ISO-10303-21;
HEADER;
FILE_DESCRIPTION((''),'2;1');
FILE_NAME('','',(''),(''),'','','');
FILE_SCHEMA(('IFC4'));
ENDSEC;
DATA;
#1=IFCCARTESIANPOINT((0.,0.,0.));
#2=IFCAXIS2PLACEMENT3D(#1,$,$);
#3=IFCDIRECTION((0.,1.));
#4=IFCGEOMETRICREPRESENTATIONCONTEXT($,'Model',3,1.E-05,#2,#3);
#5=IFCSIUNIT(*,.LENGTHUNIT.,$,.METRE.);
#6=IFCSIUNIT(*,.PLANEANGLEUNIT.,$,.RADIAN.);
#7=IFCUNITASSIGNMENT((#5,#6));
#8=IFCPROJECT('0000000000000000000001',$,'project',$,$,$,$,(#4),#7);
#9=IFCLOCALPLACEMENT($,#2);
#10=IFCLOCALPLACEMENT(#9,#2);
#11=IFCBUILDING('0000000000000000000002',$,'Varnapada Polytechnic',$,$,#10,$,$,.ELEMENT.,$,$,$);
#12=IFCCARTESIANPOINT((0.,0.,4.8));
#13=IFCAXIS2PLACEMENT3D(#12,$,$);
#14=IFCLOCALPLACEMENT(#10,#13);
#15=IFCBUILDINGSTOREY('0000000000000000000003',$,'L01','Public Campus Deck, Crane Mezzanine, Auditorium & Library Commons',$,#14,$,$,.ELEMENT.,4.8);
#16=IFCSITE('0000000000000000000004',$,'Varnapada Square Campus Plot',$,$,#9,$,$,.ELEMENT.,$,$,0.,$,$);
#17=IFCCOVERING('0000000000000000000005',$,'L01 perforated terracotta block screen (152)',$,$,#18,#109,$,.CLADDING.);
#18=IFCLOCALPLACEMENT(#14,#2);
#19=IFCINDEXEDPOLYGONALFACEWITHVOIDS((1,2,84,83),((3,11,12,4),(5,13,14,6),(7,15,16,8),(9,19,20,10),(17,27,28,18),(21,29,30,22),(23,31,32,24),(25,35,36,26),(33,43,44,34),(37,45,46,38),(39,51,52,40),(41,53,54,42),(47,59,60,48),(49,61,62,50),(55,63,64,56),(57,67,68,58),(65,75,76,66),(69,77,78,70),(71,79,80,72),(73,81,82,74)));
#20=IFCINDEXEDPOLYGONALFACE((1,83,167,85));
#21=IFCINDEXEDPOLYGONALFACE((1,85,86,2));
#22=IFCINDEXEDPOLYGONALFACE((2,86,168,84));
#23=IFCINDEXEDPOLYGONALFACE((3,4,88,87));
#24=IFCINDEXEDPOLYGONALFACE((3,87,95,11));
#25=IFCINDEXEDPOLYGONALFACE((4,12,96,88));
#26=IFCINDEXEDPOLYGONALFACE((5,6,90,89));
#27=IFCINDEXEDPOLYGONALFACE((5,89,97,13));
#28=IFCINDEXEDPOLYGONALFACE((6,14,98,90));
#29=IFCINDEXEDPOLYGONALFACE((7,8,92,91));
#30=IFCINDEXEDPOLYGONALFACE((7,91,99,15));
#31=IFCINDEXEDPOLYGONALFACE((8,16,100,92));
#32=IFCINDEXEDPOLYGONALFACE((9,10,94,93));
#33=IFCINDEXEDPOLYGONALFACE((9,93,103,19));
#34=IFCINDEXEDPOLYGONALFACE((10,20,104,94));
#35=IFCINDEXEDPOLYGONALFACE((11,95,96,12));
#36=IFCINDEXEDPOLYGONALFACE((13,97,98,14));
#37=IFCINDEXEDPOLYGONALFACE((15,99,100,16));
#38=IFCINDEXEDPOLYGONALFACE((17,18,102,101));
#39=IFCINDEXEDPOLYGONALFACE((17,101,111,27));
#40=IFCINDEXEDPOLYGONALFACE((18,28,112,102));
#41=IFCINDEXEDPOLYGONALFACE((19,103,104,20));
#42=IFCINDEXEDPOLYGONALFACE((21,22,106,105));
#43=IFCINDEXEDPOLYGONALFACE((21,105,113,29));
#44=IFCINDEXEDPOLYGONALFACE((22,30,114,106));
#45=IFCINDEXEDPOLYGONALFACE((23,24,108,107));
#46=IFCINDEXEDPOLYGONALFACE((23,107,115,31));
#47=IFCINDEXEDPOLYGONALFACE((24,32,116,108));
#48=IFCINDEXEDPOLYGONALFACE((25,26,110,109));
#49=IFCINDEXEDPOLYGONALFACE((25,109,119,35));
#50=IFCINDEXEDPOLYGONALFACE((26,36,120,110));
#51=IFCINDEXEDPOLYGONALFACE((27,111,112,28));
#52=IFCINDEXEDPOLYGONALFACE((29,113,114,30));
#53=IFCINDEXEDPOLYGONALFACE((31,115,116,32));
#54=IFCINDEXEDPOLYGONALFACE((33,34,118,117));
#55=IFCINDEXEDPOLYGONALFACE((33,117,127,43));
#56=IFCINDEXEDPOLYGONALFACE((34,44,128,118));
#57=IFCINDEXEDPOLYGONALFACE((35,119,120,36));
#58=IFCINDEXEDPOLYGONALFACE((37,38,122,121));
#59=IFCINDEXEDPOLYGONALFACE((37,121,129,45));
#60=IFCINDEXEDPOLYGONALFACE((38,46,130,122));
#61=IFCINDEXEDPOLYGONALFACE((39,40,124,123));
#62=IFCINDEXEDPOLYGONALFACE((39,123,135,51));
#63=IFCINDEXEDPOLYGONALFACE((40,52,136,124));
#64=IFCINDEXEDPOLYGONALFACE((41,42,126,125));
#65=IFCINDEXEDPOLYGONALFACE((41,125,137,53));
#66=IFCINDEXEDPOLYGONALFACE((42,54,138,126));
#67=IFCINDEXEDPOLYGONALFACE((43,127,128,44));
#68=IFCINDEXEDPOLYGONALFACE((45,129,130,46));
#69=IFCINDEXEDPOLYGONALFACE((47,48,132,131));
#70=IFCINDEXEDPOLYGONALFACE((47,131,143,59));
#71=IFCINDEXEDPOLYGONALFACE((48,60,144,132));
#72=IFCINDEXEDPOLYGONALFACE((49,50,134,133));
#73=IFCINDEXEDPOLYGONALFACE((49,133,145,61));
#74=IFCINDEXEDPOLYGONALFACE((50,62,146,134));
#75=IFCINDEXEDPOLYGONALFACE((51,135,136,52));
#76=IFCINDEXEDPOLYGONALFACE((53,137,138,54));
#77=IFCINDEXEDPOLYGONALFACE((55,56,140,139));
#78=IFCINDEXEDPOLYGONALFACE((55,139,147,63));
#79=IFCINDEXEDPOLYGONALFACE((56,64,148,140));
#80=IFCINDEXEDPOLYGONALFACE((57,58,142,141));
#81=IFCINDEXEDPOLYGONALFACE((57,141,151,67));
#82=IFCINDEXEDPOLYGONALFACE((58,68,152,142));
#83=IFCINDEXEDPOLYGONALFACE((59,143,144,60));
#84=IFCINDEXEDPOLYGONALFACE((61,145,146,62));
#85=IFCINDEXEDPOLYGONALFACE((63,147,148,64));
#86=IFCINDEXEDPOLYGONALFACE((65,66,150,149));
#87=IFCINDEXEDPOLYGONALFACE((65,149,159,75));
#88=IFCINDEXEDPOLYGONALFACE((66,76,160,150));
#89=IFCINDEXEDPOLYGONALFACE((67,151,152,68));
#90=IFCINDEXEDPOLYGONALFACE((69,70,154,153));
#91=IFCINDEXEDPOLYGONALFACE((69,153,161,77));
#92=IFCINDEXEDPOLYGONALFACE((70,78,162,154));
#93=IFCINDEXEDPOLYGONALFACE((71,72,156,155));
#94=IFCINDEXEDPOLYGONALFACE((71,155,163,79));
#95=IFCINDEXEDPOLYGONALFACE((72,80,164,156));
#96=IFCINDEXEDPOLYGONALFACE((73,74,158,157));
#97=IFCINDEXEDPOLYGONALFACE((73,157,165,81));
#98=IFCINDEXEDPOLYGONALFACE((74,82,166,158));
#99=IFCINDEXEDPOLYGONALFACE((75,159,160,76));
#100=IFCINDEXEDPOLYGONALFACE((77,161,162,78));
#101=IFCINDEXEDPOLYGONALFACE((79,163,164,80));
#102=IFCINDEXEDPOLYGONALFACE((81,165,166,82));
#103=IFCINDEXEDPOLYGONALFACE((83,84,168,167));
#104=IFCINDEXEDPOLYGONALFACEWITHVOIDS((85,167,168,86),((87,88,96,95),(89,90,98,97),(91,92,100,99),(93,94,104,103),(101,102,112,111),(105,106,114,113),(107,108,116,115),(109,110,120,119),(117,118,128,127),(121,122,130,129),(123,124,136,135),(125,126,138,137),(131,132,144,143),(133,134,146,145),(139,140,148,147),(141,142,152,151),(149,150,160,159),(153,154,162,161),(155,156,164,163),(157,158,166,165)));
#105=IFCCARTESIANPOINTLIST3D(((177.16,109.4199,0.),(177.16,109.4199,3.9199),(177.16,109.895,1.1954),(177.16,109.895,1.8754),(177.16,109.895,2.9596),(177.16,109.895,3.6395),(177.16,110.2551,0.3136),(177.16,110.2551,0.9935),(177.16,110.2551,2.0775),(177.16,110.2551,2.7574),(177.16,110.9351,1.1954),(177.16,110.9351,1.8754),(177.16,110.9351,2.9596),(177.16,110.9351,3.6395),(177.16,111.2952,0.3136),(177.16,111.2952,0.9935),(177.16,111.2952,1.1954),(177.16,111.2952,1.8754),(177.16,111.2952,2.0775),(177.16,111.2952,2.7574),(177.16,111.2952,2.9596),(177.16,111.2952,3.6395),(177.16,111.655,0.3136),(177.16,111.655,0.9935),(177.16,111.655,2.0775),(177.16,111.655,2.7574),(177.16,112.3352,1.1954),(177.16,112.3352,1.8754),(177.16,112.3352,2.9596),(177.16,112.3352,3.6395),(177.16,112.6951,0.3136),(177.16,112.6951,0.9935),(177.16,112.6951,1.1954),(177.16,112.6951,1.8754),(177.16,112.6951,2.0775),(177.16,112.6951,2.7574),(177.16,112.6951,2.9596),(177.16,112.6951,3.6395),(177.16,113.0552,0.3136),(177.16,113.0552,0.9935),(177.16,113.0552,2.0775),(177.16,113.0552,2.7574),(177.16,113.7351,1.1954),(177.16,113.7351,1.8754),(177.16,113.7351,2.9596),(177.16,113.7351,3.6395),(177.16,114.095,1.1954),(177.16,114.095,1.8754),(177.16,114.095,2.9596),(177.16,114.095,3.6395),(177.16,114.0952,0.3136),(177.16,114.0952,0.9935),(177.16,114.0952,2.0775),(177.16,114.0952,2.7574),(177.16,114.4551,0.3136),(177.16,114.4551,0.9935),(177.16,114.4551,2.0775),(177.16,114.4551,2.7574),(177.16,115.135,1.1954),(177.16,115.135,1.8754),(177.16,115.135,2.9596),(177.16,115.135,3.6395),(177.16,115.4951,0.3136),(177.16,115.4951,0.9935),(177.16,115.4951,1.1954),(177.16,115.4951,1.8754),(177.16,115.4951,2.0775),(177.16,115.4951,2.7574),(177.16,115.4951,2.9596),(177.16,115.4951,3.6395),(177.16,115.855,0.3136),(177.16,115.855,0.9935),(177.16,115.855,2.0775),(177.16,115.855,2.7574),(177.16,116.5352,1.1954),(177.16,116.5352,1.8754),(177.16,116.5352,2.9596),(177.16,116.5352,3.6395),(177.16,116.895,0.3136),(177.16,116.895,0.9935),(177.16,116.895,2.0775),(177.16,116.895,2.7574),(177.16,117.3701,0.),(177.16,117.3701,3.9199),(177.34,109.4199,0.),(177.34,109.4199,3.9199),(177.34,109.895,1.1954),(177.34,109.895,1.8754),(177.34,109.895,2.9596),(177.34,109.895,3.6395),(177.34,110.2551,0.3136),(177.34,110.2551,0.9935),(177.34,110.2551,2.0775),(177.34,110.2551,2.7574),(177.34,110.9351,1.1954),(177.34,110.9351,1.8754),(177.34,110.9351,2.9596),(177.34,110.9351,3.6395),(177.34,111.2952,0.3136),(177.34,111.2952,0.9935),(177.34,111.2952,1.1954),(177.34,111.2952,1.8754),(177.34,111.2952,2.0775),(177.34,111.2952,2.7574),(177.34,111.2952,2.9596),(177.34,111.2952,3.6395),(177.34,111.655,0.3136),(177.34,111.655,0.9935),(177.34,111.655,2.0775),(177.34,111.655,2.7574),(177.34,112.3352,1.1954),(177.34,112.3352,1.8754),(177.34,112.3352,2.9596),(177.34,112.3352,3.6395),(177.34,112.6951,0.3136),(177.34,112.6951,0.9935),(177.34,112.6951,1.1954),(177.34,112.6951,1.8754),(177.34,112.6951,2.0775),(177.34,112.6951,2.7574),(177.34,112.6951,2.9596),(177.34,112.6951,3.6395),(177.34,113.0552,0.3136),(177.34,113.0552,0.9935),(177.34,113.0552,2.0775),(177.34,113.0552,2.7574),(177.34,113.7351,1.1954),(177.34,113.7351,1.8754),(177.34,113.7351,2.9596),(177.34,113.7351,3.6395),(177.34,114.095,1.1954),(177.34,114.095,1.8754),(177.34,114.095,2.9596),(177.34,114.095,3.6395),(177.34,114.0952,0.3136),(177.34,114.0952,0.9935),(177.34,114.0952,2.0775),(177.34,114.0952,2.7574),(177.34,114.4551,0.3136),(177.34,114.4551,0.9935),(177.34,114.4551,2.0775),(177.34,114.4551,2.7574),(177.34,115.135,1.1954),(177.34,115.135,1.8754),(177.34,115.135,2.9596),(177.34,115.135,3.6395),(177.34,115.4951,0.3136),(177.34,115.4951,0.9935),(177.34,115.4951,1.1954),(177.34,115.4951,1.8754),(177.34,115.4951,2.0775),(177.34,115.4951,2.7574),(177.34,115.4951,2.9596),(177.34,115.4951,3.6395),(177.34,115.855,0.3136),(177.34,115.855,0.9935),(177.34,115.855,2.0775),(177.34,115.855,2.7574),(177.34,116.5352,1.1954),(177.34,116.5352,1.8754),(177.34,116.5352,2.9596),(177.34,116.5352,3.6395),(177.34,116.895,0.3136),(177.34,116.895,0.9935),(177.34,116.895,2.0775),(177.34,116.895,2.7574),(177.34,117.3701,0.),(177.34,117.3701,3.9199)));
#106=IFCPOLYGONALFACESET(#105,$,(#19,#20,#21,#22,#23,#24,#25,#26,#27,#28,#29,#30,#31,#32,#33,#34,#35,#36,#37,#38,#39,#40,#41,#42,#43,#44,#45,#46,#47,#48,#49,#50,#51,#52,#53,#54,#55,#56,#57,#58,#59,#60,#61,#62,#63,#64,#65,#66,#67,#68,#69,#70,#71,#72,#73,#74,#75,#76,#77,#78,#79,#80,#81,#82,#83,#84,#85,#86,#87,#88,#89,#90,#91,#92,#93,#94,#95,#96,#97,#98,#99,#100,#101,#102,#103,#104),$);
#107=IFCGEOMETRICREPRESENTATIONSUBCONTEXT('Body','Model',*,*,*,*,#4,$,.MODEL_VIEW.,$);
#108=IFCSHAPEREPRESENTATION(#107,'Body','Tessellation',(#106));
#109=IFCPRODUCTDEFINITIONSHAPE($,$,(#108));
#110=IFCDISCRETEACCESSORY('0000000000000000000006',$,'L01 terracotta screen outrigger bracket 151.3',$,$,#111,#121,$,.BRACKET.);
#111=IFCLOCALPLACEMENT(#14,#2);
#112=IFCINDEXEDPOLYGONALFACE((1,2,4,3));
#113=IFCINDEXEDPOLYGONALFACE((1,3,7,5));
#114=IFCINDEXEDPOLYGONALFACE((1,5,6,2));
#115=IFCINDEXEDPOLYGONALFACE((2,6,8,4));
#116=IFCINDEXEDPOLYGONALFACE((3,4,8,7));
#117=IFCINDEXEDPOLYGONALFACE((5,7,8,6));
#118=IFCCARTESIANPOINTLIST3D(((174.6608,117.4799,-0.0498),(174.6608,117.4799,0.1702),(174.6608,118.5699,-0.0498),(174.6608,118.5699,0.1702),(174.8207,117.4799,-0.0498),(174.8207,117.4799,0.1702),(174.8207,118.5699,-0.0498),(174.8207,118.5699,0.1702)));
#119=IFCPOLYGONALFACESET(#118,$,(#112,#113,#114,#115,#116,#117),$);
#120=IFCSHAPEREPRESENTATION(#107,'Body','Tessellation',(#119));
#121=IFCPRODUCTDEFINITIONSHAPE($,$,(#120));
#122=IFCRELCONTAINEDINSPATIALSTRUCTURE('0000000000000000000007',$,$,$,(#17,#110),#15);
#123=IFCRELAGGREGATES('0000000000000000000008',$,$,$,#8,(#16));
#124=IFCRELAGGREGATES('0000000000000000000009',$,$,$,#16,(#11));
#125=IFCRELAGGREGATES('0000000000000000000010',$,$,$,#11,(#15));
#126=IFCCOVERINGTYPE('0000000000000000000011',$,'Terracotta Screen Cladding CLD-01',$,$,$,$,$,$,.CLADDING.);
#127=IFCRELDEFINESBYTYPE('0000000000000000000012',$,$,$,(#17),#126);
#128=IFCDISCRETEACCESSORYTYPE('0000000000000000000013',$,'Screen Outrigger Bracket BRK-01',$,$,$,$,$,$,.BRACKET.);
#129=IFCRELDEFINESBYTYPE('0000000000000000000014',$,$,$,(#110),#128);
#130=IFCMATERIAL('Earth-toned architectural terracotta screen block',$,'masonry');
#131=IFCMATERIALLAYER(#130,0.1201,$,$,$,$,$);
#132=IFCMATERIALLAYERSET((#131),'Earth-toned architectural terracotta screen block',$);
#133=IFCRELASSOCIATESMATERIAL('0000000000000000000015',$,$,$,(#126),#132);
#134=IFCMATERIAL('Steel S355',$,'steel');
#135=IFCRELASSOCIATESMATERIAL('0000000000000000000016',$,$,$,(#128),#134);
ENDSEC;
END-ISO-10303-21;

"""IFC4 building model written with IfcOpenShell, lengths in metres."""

from ifc_helpers import new_model, si_unit, direction, frame, frame_2d, origin, origin_2d, place, context, subcontext, project, spatial, rectangle, extrude, material, layer, layer_set, type_object, element, save


model = new_model("IFC4")

# Units and contexts
model_context = context("Model", 3, precision=1e-05, world=origin(), true_north=direction((0.0, 1.0)))
body_context = subcontext(model_context, "Body", "Model", "MODEL_VIEW")
ifc_project = project(units=[si_unit("LENGTHUNIT", "METRE"), si_unit("PLANEANGLEUNIT", "RADIAN")], contexts=[model_context])

# Site, building, storey
site_placement = place(None, origin())
site = spatial("IfcSite", under=ifc_project, at=site_placement, Name="Varnapada Square Campus Plot", CompositionType="ELEMENT", RefElevation=0.0)
building_placement = place(site_placement, origin())
building = spatial("IfcBuilding", under=site, at=building_placement, Name="Varnapada Polytechnic", CompositionType="ELEMENT")
storey_placement = place(building_placement, frame((0.0, 0.0, 4.8)))
storey = spatial("IfcBuildingStorey", under=building, at=storey_placement, Name="L01", Description="Public Campus Deck, Crane Mezzanine, Auditorium & Library Commons", CompositionType="ELEMENT", Elevation=4.8)

# Shared definitions
ifc_material_1 = material(Name="Steel S355", Category="steel")

# Covering, openings
ifc_material_2 = material(Name="Earth-toned architectural terracotta screen block", Category="masonry")
ifc_layer_1 = layer(ifc_material_2, 0.1201)
ifc_layer_set_1 = layer_set([ifc_layer_1], Name="Earth-toned architectural terracotta screen block")
covering_type = type_object("IfcCoveringType", Name="Terracotta Screen Cladding CLD-01", PredefinedType="CLADDING", material=ifc_layer_set_1)
covering_placement = place(storey_placement, frame((177.25, 117.3701, 0.0), z_axis=(0.0, 0.0, 1.0), x_axis=(0.0, -1.0, 0.0)))
covering = element("IfcCovering", 1, at=covering_placement, inside=storey, type_object=covering_type, Name="L01 perforated terracotta block screen (152)", PredefinedType="CLADDING", context=body_context, shape_type="SweptSolid", body=[
    extrude(rectangle(XDim=7.9502, YDim=0.1799, at=frame_2d((3.9751, 0.0))), origin(), (0.0, 0.0, 1.0), 3.9199),
])
opening_1_placement = place(covering_placement, frame((0.4751, 0.0, 0.3137)))
element("IfcOpeningElement", 2, at=opening_1_placement, cuts=covering, PredefinedType="OPENING", context=body_context, shape_type="SweptSolid", body=[
    extrude(rectangle(XDim=1.04, YDim=0.6799, at=frame_2d((0.52, 0.3398))), frame((0.0, 0.0999, 0.0), z_axis=(0.0, -1.0, 0.0), x_axis=(1.0, 0.0, 0.0)), (0.0, 0.0, 1.0), 0.2),
])
opening_2_placement = place(covering_placement, frame((1.875, 0.0, 0.3137)))
element("IfcOpeningElement", 3, at=opening_2_placement, cuts=covering, PredefinedType="OPENING", context=body_context, shape_type="SweptSolid", body=[
    extrude(rectangle(XDim=1.04, YDim=0.6799, at=frame_2d((0.52, 0.3398))), frame((0.0, 0.0999, 0.0), z_axis=(0.0, -1.0, 0.0), x_axis=(1.0, 0.0, 0.0)), (0.0, 0.0, 1.0), 0.2),
])
opening_3_placement = place(covering_placement, frame((3.2749, 0.0, 0.3137)))
element("IfcOpeningElement", 4, at=opening_3_placement, cuts=covering, PredefinedType="OPENING", context=body_context, shape_type="SweptSolid", body=[
    extrude(rectangle(XDim=1.04, YDim=0.6799, at=frame_2d((0.52, 0.3398))), frame((0.0, 0.0999, 0.0), z_axis=(0.0, -1.0, 0.0), x_axis=(1.0, 0.0, 0.0)), (0.0, 0.0, 1.0), 0.2),
])
opening_4_placement = place(covering_placement, frame((4.675, 0.0, 0.3137)))
element("IfcOpeningElement", 5, at=opening_4_placement, cuts=covering, PredefinedType="OPENING", context=body_context, shape_type="SweptSolid", body=[
    extrude(rectangle(XDim=1.04, YDim=0.6799, at=frame_2d((0.52, 0.3398))), frame((0.0, 0.0999, 0.0), z_axis=(0.0, -1.0, 0.0), x_axis=(1.0, 0.0, 0.0)), (0.0, 0.0, 1.0), 0.2),
])
opening_5_placement = place(covering_placement, frame((6.075, 0.0, 0.3137)))
element("IfcOpeningElement", 6, at=opening_5_placement, cuts=covering, PredefinedType="OPENING", context=body_context, shape_type="SweptSolid", body=[
    extrude(rectangle(XDim=1.04, YDim=0.6799, at=frame_2d((0.52, 0.3398))), frame((0.0, 0.0999, 0.0), z_axis=(0.0, -1.0, 0.0), x_axis=(1.0, 0.0, 0.0)), (0.0, 0.0, 1.0), 0.2),
])
opening_6_placement = place(covering_placement, frame((0.835, 0.0, 1.1956)))
element("IfcOpeningElement", 7, at=opening_6_placement, cuts=covering, PredefinedType="OPENING", context=body_context, shape_type="SweptSolid", body=[
    extrude(rectangle(XDim=1.04, YDim=0.6799, at=frame_2d((0.52, 0.3398))), frame((0.0, 0.0999, 0.0), z_axis=(0.0, -1.0, 0.0), x_axis=(1.0, 0.0, 0.0)), (0.0, 0.0, 1.0), 0.2),
])
opening_7_placement = place(covering_placement, frame((2.2351, 0.0, 1.1956)))
element("IfcOpeningElement", 8, at=opening_7_placement, cuts=covering, PredefinedType="OPENING", context=body_context, shape_type="SweptSolid", body=[
    extrude(rectangle(XDim=1.04, YDim=0.6799, at=frame_2d((0.52, 0.3398))), frame((0.0, 0.0999, 0.0), z_axis=(0.0, -1.0, 0.0), x_axis=(1.0, 0.0, 0.0)), (0.0, 0.0, 1.0), 0.2),
])
opening_8_placement = place(covering_placement, frame((3.635, 0.0, 1.1956)))
element("IfcOpeningElement", 9, at=opening_8_placement, cuts=covering, PredefinedType="OPENING", context=body_context, shape_type="SweptSolid", body=[
    extrude(rectangle(XDim=1.04, YDim=0.6799, at=frame_2d((0.52, 0.3398))), frame((0.0, 0.0999, 0.0), z_axis=(0.0, -1.0, 0.0), x_axis=(1.0, 0.0, 0.0)), (0.0, 0.0, 1.0), 0.2),
])
opening_9_placement = place(covering_placement, frame((5.0349, 0.0, 1.1956)))
element("IfcOpeningElement", 10, at=opening_9_placement, cuts=covering, PredefinedType="OPENING", context=body_context, shape_type="SweptSolid", body=[
    extrude(rectangle(XDim=1.04, YDim=0.6799, at=frame_2d((0.52, 0.3398))), frame((0.0, 0.0999, 0.0), z_axis=(0.0, -1.0, 0.0), x_axis=(1.0, 0.0, 0.0)), (0.0, 0.0, 1.0), 0.2),
])
opening_10_placement = place(covering_placement, frame((6.4351, 0.0, 1.1956)))
element("IfcOpeningElement", 11, at=opening_10_placement, cuts=covering, PredefinedType="OPENING", context=body_context, shape_type="SweptSolid", body=[
    extrude(rectangle(XDim=1.04, YDim=0.6799, at=frame_2d((0.52, 0.3398))), frame((0.0, 0.0999, 0.0), z_axis=(0.0, -1.0, 0.0), x_axis=(1.0, 0.0, 0.0)), (0.0, 0.0, 1.0), 0.2),
])
opening_11_placement = place(covering_placement, frame((0.4751, 0.0, 2.0776)))
element("IfcOpeningElement", 12, at=opening_11_placement, cuts=covering, PredefinedType="OPENING", context=body_context, shape_type="SweptSolid", body=[
    extrude(rectangle(XDim=1.04, YDim=0.6799, at=frame_2d((0.52, 0.3398))), frame((0.0, 0.0999, 0.0), z_axis=(0.0, -1.0, 0.0), x_axis=(1.0, 0.0, 0.0)), (0.0, 0.0, 1.0), 0.2),
])
opening_12_placement = place(covering_placement, frame((1.875, 0.0, 2.0776)))
element("IfcOpeningElement", 13, at=opening_12_placement, cuts=covering, PredefinedType="OPENING", context=body_context, shape_type="SweptSolid", body=[
    extrude(rectangle(XDim=1.04, YDim=0.6799, at=frame_2d((0.52, 0.3398))), frame((0.0, 0.0999, 0.0), z_axis=(0.0, -1.0, 0.0), x_axis=(1.0, 0.0, 0.0)), (0.0, 0.0, 1.0), 0.2),
])
opening_13_placement = place(covering_placement, frame((3.2749, 0.0, 2.0776)))
element("IfcOpeningElement", 14, at=opening_13_placement, cuts=covering, PredefinedType="OPENING", context=body_context, shape_type="SweptSolid", body=[
    extrude(rectangle(XDim=1.04, YDim=0.6799, at=frame_2d((0.52, 0.3398))), frame((0.0, 0.0999, 0.0), z_axis=(0.0, -1.0, 0.0), x_axis=(1.0, 0.0, 0.0)), (0.0, 0.0, 1.0), 0.2),
])
opening_14_placement = place(covering_placement, frame((4.675, 0.0, 2.0776)))
element("IfcOpeningElement", 15, at=opening_14_placement, cuts=covering, PredefinedType="OPENING", context=body_context, shape_type="SweptSolid", body=[
    extrude(rectangle(XDim=1.04, YDim=0.6799, at=frame_2d((0.52, 0.3398))), frame((0.0, 0.0999, 0.0), z_axis=(0.0, -1.0, 0.0), x_axis=(1.0, 0.0, 0.0)), (0.0, 0.0, 1.0), 0.2),
])
opening_15_placement = place(covering_placement, frame((6.075, 0.0, 2.0776)))
element("IfcOpeningElement", 16, at=opening_15_placement, cuts=covering, PredefinedType="OPENING", context=body_context, shape_type="SweptSolid", body=[
    extrude(rectangle(XDim=1.04, YDim=0.6799, at=frame_2d((0.52, 0.3398))), frame((0.0, 0.0999, 0.0), z_axis=(0.0, -1.0, 0.0), x_axis=(1.0, 0.0, 0.0)), (0.0, 0.0, 1.0), 0.2),
])
opening_16_placement = place(covering_placement, frame((0.835, 0.0, 2.9597)))
element("IfcOpeningElement", 17, at=opening_16_placement, cuts=covering, PredefinedType="OPENING", context=body_context, shape_type="SweptSolid", body=[
    extrude(rectangle(XDim=1.04, YDim=0.6799, at=frame_2d((0.52, 0.3398))), frame((0.0, 0.0999, 0.0), z_axis=(0.0, -1.0, 0.0), x_axis=(1.0, 0.0, 0.0)), (0.0, 0.0, 1.0), 0.2),
])
opening_17_placement = place(covering_placement, frame((2.2351, 0.0, 2.9597)))
element("IfcOpeningElement", 18, at=opening_17_placement, cuts=covering, PredefinedType="OPENING", context=body_context, shape_type="SweptSolid", body=[
    extrude(rectangle(XDim=1.04, YDim=0.6799, at=frame_2d((0.52, 0.3398))), frame((0.0, 0.0999, 0.0), z_axis=(0.0, -1.0, 0.0), x_axis=(1.0, 0.0, 0.0)), (0.0, 0.0, 1.0), 0.2),
])
opening_18_placement = place(covering_placement, frame((3.635, 0.0, 2.9597)))
element("IfcOpeningElement", 19, at=opening_18_placement, cuts=covering, PredefinedType="OPENING", context=body_context, shape_type="SweptSolid", body=[
    extrude(rectangle(XDim=1.04, YDim=0.6799, at=frame_2d((0.52, 0.3398))), frame((0.0, 0.0999, 0.0), z_axis=(0.0, -1.0, 0.0), x_axis=(1.0, 0.0, 0.0)), (0.0, 0.0, 1.0), 0.2),
])
opening_19_placement = place(covering_placement, frame((5.0349, 0.0, 2.9597)))
element("IfcOpeningElement", 20, at=opening_19_placement, cuts=covering, PredefinedType="OPENING", context=body_context, shape_type="SweptSolid", body=[
    extrude(rectangle(XDim=1.04, YDim=0.6799, at=frame_2d((0.52, 0.3398))), frame((0.0, 0.0999, 0.0), z_axis=(0.0, -1.0, 0.0), x_axis=(1.0, 0.0, 0.0)), (0.0, 0.0, 1.0), 0.2),
])
opening_20_placement = place(covering_placement, frame((6.4351, 0.0, 2.9597)))
element("IfcOpeningElement", 21, at=opening_20_placement, cuts=covering, PredefinedType="OPENING", context=body_context, shape_type="SweptSolid", body=[
    extrude(rectangle(XDim=1.04, YDim=0.6799, at=frame_2d((0.52, 0.3398))), frame((0.0, 0.0999, 0.0), z_axis=(0.0, -1.0, 0.0), x_axis=(1.0, 0.0, 0.0)), (0.0, 0.0, 1.0), 0.2),
])

# Discrete accessory
discrete_accessory_type = type_object("IfcDiscreteAccessoryType", Name="Screen Outrigger Bracket BRK-01", PredefinedType="BRACKET", material=ifc_material_1)
for number, where, z_axis, x_axis, name in (
    (22, (174.7407, 118.0249, -0.0498), (0.0, 0.0, 1.0), (1.0, 0.0, 0.0), "L01 terracotta screen outrigger bracket 151.3"),
):
    element("IfcDiscreteAccessory", number, at=place(storey_placement, frame(where, z_axis=z_axis, x_axis=x_axis)), inside=storey, type_object=discrete_accessory_type, Name=name, PredefinedType="BRACKET", context=body_context, shape_type="SweptSolid", body=[
        extrude(rectangle(XDim=0.1599, YDim=1.0901, at=origin_2d()), origin(), (0.0, 0.0, 1.0), 0.22),
    ])

save(model, "model.ifc")
